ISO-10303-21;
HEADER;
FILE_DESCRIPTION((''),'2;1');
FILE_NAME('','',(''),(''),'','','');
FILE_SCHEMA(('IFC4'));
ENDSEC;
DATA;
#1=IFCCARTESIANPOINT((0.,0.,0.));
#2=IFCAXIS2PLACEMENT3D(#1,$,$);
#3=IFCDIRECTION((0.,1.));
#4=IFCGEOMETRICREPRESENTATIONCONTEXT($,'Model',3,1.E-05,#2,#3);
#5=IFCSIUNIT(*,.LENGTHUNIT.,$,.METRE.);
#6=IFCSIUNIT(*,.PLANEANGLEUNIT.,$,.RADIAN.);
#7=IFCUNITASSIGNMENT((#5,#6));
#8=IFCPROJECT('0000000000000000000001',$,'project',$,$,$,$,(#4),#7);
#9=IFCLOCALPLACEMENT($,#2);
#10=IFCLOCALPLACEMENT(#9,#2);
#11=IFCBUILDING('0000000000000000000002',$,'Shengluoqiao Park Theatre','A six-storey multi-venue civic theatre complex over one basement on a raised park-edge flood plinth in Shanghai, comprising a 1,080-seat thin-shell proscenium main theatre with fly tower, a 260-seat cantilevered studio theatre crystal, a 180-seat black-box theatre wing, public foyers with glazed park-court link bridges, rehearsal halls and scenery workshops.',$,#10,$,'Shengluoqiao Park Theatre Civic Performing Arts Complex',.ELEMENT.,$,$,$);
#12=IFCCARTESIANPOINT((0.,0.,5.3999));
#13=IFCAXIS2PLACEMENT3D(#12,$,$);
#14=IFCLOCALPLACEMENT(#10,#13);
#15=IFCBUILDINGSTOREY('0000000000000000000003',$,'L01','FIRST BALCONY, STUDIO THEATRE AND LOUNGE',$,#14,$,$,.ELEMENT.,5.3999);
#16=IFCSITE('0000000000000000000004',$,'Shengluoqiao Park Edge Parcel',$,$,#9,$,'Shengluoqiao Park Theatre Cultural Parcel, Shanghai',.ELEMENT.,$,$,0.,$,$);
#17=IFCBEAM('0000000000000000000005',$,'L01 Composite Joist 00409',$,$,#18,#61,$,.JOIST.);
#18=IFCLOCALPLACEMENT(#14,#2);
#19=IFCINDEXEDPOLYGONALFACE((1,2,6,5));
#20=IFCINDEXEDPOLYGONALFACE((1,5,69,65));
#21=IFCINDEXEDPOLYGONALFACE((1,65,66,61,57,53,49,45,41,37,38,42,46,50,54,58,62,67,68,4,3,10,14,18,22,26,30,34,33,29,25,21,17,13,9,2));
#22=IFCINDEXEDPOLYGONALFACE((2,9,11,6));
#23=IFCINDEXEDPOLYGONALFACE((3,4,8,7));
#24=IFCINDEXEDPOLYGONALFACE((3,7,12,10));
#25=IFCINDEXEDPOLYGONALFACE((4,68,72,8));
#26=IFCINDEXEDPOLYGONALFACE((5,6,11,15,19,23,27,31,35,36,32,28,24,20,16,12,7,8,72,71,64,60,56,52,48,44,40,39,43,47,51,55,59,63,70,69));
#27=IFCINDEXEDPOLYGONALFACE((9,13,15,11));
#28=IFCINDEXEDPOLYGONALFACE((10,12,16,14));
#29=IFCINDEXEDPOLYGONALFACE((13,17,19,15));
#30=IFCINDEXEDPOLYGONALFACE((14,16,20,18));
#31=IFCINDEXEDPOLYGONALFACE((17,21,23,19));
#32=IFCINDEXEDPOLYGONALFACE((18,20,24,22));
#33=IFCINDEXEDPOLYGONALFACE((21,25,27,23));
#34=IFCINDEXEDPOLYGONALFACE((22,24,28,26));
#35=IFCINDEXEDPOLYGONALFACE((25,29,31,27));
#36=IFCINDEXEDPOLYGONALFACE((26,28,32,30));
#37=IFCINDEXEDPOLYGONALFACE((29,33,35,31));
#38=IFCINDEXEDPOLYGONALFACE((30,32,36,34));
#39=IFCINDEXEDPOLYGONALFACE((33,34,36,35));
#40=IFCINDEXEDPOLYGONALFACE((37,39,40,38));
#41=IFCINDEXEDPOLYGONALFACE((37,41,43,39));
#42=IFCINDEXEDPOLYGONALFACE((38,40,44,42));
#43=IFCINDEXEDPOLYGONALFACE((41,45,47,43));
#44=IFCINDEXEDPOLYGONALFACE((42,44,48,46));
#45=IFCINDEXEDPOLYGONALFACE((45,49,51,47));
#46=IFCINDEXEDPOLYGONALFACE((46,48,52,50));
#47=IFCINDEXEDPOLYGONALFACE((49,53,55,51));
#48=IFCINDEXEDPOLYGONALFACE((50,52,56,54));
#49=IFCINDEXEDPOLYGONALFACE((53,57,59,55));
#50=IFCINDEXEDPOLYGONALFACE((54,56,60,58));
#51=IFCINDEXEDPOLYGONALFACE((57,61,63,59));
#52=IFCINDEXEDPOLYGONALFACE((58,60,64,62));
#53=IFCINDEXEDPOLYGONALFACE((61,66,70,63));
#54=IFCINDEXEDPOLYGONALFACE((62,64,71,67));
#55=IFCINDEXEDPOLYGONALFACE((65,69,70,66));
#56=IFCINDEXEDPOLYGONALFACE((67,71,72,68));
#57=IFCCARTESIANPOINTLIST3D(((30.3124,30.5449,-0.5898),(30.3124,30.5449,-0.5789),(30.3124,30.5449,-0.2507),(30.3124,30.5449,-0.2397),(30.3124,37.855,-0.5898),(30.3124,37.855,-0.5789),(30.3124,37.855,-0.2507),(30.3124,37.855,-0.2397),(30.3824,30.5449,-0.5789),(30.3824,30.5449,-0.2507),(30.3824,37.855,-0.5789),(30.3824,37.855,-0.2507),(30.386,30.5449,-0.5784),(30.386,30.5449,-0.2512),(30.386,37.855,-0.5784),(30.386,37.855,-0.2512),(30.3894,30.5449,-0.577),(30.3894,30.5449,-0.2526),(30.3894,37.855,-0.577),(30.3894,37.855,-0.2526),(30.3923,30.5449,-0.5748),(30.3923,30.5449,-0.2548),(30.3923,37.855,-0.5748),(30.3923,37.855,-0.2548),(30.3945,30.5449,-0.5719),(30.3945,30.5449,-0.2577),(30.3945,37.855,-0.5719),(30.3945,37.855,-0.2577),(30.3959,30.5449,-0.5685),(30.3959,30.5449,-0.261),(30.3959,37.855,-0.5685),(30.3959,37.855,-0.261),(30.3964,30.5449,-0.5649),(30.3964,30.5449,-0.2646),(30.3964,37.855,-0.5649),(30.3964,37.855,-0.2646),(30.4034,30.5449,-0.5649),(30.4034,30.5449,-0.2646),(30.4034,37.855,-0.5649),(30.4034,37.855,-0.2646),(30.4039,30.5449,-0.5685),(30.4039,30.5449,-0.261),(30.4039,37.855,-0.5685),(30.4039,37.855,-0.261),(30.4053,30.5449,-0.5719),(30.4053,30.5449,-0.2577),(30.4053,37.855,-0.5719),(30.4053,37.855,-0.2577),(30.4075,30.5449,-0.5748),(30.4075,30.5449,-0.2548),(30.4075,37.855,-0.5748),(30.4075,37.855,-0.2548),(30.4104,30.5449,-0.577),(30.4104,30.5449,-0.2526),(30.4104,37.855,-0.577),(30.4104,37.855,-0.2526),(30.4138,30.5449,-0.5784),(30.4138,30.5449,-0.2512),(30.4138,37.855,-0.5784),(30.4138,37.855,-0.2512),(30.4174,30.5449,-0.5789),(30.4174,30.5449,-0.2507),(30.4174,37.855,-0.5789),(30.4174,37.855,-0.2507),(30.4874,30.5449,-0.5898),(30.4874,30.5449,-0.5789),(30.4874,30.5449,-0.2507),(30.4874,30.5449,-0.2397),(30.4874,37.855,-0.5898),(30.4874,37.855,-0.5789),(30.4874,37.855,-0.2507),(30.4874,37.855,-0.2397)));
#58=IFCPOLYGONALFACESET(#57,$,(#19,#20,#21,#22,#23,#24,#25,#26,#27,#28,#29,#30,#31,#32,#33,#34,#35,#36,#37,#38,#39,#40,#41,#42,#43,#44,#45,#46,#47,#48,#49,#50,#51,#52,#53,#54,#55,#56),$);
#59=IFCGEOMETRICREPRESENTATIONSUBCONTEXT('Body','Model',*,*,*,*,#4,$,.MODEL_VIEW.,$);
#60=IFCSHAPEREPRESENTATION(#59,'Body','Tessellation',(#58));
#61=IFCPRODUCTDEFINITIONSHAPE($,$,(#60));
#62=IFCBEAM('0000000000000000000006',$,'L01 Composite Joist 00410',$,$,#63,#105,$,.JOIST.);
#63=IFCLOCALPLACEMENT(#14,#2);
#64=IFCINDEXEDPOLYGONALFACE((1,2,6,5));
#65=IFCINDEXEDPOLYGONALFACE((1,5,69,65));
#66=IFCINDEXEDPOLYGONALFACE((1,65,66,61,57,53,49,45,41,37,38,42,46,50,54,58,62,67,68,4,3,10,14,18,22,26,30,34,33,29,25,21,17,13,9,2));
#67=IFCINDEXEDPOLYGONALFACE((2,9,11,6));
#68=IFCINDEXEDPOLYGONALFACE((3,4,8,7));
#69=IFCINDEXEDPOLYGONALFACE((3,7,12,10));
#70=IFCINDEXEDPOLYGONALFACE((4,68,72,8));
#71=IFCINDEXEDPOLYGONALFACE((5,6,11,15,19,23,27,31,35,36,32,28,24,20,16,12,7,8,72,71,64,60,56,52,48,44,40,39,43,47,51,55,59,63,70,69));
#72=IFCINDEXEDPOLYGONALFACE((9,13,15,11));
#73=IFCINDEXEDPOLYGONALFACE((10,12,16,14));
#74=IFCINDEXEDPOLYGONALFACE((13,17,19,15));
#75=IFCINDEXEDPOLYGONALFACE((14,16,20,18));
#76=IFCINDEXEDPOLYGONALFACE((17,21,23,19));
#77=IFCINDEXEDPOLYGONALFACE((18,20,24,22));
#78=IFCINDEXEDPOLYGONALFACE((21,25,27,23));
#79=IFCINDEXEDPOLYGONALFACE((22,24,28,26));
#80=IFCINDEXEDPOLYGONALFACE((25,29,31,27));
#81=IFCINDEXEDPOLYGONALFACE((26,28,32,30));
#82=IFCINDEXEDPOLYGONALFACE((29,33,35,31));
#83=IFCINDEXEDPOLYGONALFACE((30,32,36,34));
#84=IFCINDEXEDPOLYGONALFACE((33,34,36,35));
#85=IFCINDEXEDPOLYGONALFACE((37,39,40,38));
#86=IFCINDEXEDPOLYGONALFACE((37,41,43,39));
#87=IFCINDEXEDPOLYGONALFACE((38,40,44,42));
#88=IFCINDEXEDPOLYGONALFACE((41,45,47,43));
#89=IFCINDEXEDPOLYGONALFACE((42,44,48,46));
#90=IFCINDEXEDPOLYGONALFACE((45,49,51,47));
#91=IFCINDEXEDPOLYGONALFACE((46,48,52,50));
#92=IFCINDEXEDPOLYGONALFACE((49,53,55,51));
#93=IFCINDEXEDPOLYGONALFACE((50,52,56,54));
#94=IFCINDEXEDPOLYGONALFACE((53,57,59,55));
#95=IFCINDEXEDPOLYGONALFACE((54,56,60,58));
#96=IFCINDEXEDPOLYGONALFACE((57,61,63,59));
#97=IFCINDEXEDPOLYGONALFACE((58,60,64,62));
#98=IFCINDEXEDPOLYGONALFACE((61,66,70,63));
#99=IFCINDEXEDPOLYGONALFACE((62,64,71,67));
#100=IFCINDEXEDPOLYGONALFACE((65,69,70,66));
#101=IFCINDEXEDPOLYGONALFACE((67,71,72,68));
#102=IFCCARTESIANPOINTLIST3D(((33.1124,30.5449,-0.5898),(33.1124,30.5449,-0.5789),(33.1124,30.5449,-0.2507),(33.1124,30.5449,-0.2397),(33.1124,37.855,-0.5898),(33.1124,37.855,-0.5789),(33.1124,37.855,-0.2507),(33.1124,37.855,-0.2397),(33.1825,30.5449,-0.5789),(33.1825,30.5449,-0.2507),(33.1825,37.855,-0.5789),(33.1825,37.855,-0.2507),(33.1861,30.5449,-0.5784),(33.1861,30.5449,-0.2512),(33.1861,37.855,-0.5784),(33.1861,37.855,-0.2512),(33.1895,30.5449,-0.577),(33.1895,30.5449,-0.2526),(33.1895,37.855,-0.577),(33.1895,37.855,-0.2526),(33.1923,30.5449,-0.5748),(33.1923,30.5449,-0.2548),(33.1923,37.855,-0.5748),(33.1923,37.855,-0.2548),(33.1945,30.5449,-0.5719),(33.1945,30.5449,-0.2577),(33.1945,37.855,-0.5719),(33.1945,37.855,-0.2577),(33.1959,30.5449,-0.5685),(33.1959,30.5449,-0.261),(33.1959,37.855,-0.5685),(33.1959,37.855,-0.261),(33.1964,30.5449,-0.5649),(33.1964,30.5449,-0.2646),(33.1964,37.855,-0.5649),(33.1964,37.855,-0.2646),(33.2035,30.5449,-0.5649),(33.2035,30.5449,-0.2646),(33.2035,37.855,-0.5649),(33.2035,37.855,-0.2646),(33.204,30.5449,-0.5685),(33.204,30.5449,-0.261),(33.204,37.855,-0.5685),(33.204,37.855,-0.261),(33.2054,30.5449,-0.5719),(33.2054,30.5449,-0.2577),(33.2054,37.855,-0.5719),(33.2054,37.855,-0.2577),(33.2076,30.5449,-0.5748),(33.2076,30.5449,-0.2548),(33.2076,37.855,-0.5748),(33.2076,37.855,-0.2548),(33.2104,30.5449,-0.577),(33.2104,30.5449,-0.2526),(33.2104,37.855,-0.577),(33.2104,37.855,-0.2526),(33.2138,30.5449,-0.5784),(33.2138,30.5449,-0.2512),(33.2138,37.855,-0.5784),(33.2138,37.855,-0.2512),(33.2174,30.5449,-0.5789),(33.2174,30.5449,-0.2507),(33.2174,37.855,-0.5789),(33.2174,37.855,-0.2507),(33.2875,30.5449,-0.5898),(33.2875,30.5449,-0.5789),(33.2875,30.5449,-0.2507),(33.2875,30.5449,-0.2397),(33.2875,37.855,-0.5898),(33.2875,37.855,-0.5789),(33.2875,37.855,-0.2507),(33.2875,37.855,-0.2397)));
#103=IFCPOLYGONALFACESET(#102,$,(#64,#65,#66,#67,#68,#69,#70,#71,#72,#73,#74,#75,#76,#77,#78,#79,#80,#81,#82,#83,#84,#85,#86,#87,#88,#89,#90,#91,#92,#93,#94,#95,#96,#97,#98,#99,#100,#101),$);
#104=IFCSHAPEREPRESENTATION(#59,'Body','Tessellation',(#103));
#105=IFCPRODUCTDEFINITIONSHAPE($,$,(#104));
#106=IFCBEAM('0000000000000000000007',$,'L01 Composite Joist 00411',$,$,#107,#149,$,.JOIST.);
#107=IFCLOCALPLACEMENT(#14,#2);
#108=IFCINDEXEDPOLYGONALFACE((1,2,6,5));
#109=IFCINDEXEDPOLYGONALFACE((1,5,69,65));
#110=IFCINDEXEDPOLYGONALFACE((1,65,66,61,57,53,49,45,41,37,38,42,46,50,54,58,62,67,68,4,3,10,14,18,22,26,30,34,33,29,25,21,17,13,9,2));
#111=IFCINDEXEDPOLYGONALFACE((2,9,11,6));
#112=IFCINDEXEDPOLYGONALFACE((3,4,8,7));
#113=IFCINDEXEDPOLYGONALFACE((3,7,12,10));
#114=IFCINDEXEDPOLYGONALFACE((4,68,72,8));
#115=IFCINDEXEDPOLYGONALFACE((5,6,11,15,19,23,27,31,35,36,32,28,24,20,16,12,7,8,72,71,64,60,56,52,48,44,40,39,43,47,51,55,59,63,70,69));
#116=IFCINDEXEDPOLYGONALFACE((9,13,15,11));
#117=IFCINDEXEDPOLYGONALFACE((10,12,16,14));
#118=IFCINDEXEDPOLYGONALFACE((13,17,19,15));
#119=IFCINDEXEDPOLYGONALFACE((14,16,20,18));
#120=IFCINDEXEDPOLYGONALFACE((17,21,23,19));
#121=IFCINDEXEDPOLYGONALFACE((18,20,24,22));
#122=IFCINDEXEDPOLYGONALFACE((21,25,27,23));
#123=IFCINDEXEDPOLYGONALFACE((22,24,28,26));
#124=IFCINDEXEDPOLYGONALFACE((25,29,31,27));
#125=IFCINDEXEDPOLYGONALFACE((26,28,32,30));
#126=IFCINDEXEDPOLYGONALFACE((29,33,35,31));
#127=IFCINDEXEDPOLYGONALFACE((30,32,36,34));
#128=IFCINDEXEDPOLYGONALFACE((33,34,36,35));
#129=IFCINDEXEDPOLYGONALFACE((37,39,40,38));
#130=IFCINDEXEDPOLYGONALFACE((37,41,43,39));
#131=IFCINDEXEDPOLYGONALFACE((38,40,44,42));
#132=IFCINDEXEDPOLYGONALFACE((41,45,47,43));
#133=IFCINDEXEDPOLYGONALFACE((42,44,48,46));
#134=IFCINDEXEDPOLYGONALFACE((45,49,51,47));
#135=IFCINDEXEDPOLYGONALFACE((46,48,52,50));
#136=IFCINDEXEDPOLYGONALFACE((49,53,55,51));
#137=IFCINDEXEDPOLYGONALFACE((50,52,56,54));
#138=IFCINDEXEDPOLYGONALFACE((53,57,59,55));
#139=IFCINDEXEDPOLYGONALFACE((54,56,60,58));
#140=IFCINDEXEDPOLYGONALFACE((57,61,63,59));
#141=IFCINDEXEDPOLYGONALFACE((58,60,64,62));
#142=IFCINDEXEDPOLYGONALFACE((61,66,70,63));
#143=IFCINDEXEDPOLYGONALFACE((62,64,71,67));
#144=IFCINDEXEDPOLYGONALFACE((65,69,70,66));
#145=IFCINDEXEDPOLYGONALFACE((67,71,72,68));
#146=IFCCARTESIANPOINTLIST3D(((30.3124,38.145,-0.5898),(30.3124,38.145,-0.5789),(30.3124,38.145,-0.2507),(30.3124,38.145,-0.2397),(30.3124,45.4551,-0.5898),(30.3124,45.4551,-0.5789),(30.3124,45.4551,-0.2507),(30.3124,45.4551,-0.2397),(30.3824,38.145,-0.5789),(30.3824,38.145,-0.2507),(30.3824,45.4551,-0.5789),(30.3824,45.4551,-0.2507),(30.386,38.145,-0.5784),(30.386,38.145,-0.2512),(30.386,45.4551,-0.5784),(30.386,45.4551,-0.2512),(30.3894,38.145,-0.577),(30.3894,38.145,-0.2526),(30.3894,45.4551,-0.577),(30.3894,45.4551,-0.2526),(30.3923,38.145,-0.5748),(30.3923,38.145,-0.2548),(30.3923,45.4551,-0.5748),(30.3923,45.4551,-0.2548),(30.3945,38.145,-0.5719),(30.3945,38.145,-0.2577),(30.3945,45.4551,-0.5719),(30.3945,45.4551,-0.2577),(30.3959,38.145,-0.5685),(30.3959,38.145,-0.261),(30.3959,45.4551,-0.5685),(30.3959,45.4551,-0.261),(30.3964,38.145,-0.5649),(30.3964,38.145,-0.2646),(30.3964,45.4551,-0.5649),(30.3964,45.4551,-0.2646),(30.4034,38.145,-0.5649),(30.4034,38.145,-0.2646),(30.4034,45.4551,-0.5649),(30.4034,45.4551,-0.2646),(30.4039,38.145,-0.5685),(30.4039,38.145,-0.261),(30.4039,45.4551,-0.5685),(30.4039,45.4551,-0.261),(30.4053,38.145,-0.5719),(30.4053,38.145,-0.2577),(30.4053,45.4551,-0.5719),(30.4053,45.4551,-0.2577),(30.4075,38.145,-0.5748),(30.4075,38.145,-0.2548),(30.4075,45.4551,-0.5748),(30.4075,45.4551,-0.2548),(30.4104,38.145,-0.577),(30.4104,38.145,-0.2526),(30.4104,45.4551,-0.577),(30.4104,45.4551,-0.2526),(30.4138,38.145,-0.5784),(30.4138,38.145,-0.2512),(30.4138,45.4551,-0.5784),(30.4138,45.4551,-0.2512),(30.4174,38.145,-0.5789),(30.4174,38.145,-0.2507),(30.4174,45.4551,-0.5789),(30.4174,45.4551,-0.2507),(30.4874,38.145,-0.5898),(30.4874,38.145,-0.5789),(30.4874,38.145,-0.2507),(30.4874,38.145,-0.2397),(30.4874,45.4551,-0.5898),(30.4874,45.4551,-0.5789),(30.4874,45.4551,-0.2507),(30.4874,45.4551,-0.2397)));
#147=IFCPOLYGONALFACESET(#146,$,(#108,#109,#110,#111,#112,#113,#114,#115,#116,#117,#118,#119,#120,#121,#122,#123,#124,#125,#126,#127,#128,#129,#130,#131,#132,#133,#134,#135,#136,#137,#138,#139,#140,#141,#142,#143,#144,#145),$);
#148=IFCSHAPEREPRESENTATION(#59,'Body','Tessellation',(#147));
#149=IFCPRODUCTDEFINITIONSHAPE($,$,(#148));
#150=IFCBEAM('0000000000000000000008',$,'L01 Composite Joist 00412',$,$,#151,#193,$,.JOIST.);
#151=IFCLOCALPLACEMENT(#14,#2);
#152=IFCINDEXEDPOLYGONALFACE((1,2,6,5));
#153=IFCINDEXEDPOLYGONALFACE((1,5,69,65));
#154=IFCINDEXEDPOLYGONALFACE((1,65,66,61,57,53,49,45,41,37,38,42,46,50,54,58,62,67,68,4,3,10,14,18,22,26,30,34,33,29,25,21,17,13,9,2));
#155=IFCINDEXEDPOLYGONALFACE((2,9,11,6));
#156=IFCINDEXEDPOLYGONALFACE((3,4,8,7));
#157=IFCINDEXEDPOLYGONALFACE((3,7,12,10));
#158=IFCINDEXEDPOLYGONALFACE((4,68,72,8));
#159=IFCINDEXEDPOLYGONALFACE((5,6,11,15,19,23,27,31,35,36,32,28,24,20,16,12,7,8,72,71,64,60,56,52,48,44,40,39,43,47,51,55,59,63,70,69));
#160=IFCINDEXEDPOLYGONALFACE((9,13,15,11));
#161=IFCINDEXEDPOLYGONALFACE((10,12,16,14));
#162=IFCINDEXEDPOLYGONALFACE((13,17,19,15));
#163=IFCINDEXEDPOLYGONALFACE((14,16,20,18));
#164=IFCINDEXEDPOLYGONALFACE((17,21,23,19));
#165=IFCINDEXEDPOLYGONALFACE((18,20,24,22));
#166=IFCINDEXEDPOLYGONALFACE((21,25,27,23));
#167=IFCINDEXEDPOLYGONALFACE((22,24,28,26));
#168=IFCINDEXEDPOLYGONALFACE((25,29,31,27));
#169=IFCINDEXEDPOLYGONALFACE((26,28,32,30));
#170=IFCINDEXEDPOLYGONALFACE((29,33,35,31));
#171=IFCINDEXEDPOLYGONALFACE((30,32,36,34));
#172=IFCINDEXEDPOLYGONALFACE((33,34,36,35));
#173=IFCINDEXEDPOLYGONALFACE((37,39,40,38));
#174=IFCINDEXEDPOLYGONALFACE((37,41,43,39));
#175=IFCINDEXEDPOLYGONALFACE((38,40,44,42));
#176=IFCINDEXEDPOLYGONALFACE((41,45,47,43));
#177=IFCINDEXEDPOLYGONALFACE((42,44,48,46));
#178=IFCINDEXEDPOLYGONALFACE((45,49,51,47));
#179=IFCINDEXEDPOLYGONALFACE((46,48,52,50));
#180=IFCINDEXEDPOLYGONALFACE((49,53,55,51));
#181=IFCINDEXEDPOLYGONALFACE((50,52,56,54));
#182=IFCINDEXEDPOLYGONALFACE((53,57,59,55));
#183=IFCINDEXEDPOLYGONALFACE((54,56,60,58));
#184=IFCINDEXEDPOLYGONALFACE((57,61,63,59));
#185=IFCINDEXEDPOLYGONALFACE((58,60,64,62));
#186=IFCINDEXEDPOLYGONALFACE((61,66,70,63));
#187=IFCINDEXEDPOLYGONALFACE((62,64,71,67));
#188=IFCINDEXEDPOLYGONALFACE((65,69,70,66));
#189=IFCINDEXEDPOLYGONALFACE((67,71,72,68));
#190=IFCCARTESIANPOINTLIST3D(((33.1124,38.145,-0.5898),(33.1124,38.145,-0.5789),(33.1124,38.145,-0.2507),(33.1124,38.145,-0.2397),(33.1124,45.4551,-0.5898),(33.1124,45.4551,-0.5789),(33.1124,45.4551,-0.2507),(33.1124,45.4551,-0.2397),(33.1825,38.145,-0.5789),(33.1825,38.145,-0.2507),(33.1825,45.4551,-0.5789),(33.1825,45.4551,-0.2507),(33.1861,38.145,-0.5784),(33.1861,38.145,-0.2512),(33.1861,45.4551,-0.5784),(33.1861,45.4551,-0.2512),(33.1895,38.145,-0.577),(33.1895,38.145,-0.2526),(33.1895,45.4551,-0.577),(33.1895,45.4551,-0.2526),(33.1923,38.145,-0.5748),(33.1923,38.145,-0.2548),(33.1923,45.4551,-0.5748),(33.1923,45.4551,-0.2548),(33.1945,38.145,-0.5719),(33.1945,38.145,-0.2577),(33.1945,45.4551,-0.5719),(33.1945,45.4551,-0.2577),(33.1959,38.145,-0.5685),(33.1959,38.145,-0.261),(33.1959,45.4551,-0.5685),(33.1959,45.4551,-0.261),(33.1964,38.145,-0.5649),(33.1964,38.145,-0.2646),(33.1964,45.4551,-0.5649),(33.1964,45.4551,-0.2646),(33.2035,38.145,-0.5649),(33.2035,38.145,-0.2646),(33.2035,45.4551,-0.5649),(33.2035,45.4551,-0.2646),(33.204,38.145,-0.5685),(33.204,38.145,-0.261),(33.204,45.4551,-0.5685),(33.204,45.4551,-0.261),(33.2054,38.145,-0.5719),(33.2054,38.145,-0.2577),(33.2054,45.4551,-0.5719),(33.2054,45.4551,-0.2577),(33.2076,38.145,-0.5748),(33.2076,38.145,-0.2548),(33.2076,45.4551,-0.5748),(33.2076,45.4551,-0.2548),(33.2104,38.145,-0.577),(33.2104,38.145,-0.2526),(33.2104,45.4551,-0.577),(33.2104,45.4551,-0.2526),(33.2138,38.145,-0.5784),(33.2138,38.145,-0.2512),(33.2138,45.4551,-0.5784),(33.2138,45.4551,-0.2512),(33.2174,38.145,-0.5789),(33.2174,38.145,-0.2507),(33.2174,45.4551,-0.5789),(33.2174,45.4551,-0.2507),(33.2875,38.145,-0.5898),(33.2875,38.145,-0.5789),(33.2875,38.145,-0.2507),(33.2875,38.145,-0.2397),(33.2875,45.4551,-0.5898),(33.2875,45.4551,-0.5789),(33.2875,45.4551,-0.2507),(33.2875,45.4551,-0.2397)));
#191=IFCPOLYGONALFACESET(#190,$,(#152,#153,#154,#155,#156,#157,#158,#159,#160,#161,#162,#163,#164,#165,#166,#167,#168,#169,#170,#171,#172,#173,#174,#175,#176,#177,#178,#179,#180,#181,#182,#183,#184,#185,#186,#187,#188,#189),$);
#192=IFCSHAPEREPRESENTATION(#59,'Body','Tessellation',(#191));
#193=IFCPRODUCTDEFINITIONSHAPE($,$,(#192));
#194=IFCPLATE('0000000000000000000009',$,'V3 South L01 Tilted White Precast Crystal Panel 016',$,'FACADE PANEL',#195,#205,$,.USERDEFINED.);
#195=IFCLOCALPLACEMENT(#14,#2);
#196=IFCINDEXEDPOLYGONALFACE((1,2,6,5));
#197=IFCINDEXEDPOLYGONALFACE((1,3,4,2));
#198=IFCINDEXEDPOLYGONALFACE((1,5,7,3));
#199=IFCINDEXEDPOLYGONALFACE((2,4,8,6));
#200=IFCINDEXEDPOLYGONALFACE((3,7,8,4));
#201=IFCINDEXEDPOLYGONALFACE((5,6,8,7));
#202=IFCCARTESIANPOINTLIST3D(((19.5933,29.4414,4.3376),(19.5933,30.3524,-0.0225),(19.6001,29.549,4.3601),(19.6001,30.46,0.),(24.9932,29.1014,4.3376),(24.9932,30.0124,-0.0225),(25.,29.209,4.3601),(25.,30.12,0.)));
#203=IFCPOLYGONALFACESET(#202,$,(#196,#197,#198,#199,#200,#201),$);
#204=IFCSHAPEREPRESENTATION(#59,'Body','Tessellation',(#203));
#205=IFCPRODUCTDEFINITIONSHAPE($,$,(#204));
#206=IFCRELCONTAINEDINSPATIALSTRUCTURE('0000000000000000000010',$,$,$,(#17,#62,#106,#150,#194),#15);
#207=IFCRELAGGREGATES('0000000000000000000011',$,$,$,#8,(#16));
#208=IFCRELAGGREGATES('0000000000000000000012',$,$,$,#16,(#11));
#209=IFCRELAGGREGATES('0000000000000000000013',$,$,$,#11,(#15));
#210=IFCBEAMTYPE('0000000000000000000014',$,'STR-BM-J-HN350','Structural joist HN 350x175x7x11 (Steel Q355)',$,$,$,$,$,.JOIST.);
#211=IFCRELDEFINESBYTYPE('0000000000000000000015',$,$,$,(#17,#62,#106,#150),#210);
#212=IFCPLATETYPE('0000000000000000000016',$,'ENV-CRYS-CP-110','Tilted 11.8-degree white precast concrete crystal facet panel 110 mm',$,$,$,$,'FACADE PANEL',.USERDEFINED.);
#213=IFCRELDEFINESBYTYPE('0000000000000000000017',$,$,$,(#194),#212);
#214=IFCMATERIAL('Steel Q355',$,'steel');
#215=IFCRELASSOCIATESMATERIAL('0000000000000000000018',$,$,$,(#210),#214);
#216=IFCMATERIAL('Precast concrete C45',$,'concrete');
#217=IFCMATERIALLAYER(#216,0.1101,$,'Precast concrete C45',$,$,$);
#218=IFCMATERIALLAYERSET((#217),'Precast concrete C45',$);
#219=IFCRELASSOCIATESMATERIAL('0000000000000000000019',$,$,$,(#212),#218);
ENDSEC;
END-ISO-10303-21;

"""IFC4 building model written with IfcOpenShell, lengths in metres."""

from ifc_helpers import new_model, si_unit, direction, frame, origin, origin_2d, place, context, subcontext, project, spatial, polyline, i_section, outline, extrude, material, layer, layer_set, material_profile, profile_set, type_object, element, save


model = new_model("IFC4")

# Units and contexts
model_context = context("Model", 3, precision=1e-05, world=origin(), true_north=direction((0.0, 1.0)))
body_context = subcontext(model_context, "Body", "Model", "MODEL_VIEW")
ifc_project = project(units=[si_unit("LENGTHUNIT", "METRE"), si_unit("PLANEANGLEUNIT", "RADIAN")], contexts=[model_context])

# Site, building, storey
site_placement = place(None, origin())
site = spatial("IfcSite", under=ifc_project, at=site_placement, Name="Shengluoqiao Park Edge Parcel", LongName="Shengluoqiao Park Theatre Cultural Parcel, Shanghai", CompositionType="ELEMENT", RefElevation=0.0)
building_placement = place(site_placement, origin())
building = spatial("IfcBuilding", under=site, at=building_placement, Name="Shengluoqiao Park Theatre", Description="A six-storey multi-venue civic theatre complex over one basement on a raised park-edge flood plinth in Shanghai, comprising a 1,080-seat thin-shell proscenium main theatre with fly tower, a 260-seat cantilevered studio theatre crystal, a 180-seat black-box theatre wing, public foyers with glazed park-court link bridges, rehearsal halls and scenery workshops.", LongName="Shengluoqiao Park Theatre Civic Performing Arts Complex", CompositionType="ELEMENT")
storey_placement = place(building_placement, frame((0.0, 0.0, 5.3999)))
storey = spatial("IfcBuildingStorey", under=building, at=storey_placement, Name="L01", Description="FIRST BALCONY, STUDIO THEATRE AND LOUNGE", CompositionType="ELEMENT", Elevation=5.3999)

# Shared definitions
ifc_material_1 = material(Name="Steel Q355", Category="steel")

# Beams
ifc_material_profile_1 = material_profile(ifc_material_1, i_section(OverallWidth=0.175, OverallDepth=0.3501, WebThickness=0.0071, FlangeThickness=0.011, FilletRadius=0.0139, at=origin_2d()), Name="HN 350x175x7x11")
ifc_profile_set_1 = profile_set([ifc_material_profile_1], Name="Steel Q355")
beam_type_1 = type_object("IfcBeamType", Name="STR-BM-J-HN350", Description="Structural joist HN 350x175x7x11 (Steel Q355)", PredefinedType="JOIST", material=ifc_profile_set_1)
for number, where, z_axis, x_axis, name in (
    (1, (30.3999, 30.5449, -0.4148), (0.0, 1.0, 0.0), (-1.0, 0.0, 0.0), "L01 Composite Joist 00409"),
    (2, (33.2, 30.5449, -0.4148), (0.0, 1.0, 0.0), (-1.0, 0.0, 0.0), "L01 Composite Joist 00410"),
    (3, (30.3999, 38.145, -0.4148), (0.0, 1.0, 0.0), (-1.0, 0.0, 0.0), "L01 Composite Joist 00411"),
    (4, (33.2, 38.145, -0.4148), (0.0, 1.0, 0.0), (-1.0, 0.0, 0.0), "L01 Composite Joist 00412"),
):
    element("IfcBeam", number, at=place(storey_placement, frame(where, z_axis=z_axis, x_axis=x_axis)), inside=storey, type_object=beam_type_1, Name=name, PredefinedType="JOIST", context=body_context, shape_type="SweptSolid", body=[
        extrude(i_section(OverallWidth=0.175, OverallDepth=0.3501, WebThickness=0.0071, FlangeThickness=0.011, FilletRadius=0.0139, at=origin_2d()), origin(), (0.0, 0.0, 1.0), 7.3101),
    ])

# Plate
ifc_material_2 = material(Name="Precast concrete C45", Category="concrete")
ifc_layer_1 = layer(ifc_material_2, 0.1101, Name="Precast concrete C45")
ifc_layer_set_1 = layer_set([ifc_layer_1], Name="Precast concrete C45")
plate_type_1 = type_object("IfcPlateType", Name="ENV-CRYS-CP-110", Description="Tilted 11.8-degree white precast concrete crystal facet panel 110 mm", ElementType="FACADE PANEL", PredefinedType="USERDEFINED", material=ifc_layer_set_1)
plate_1_placement = place(storey_placement, frame((19.6001, 30.46, 0.0), z_axis=(0.06151, 0.977008, 0.204138), x_axis=(0.998024, -0.062832, -0.000004)))
element("IfcPlate", 5, at=plate_1_placement, inside=storey, type_object=plate_type_1, Name="V3 South L01 Tilted White Precast Crystal Panel 016", ObjectType="FACADE PANEL", PredefinedType="USERDEFINED", context=body_context, shape_type="SweptSolid", body=[
    extrude(outline(polyline([(0.0, 0.0), (5.4106, 0.0), (5.4678, -4.4539), (0.0572, -4.4539), (0.0, 0.0)])), origin(), (0.0, 0.0, -1.0), 0.1101),
])

save(model, "model.ifc")
